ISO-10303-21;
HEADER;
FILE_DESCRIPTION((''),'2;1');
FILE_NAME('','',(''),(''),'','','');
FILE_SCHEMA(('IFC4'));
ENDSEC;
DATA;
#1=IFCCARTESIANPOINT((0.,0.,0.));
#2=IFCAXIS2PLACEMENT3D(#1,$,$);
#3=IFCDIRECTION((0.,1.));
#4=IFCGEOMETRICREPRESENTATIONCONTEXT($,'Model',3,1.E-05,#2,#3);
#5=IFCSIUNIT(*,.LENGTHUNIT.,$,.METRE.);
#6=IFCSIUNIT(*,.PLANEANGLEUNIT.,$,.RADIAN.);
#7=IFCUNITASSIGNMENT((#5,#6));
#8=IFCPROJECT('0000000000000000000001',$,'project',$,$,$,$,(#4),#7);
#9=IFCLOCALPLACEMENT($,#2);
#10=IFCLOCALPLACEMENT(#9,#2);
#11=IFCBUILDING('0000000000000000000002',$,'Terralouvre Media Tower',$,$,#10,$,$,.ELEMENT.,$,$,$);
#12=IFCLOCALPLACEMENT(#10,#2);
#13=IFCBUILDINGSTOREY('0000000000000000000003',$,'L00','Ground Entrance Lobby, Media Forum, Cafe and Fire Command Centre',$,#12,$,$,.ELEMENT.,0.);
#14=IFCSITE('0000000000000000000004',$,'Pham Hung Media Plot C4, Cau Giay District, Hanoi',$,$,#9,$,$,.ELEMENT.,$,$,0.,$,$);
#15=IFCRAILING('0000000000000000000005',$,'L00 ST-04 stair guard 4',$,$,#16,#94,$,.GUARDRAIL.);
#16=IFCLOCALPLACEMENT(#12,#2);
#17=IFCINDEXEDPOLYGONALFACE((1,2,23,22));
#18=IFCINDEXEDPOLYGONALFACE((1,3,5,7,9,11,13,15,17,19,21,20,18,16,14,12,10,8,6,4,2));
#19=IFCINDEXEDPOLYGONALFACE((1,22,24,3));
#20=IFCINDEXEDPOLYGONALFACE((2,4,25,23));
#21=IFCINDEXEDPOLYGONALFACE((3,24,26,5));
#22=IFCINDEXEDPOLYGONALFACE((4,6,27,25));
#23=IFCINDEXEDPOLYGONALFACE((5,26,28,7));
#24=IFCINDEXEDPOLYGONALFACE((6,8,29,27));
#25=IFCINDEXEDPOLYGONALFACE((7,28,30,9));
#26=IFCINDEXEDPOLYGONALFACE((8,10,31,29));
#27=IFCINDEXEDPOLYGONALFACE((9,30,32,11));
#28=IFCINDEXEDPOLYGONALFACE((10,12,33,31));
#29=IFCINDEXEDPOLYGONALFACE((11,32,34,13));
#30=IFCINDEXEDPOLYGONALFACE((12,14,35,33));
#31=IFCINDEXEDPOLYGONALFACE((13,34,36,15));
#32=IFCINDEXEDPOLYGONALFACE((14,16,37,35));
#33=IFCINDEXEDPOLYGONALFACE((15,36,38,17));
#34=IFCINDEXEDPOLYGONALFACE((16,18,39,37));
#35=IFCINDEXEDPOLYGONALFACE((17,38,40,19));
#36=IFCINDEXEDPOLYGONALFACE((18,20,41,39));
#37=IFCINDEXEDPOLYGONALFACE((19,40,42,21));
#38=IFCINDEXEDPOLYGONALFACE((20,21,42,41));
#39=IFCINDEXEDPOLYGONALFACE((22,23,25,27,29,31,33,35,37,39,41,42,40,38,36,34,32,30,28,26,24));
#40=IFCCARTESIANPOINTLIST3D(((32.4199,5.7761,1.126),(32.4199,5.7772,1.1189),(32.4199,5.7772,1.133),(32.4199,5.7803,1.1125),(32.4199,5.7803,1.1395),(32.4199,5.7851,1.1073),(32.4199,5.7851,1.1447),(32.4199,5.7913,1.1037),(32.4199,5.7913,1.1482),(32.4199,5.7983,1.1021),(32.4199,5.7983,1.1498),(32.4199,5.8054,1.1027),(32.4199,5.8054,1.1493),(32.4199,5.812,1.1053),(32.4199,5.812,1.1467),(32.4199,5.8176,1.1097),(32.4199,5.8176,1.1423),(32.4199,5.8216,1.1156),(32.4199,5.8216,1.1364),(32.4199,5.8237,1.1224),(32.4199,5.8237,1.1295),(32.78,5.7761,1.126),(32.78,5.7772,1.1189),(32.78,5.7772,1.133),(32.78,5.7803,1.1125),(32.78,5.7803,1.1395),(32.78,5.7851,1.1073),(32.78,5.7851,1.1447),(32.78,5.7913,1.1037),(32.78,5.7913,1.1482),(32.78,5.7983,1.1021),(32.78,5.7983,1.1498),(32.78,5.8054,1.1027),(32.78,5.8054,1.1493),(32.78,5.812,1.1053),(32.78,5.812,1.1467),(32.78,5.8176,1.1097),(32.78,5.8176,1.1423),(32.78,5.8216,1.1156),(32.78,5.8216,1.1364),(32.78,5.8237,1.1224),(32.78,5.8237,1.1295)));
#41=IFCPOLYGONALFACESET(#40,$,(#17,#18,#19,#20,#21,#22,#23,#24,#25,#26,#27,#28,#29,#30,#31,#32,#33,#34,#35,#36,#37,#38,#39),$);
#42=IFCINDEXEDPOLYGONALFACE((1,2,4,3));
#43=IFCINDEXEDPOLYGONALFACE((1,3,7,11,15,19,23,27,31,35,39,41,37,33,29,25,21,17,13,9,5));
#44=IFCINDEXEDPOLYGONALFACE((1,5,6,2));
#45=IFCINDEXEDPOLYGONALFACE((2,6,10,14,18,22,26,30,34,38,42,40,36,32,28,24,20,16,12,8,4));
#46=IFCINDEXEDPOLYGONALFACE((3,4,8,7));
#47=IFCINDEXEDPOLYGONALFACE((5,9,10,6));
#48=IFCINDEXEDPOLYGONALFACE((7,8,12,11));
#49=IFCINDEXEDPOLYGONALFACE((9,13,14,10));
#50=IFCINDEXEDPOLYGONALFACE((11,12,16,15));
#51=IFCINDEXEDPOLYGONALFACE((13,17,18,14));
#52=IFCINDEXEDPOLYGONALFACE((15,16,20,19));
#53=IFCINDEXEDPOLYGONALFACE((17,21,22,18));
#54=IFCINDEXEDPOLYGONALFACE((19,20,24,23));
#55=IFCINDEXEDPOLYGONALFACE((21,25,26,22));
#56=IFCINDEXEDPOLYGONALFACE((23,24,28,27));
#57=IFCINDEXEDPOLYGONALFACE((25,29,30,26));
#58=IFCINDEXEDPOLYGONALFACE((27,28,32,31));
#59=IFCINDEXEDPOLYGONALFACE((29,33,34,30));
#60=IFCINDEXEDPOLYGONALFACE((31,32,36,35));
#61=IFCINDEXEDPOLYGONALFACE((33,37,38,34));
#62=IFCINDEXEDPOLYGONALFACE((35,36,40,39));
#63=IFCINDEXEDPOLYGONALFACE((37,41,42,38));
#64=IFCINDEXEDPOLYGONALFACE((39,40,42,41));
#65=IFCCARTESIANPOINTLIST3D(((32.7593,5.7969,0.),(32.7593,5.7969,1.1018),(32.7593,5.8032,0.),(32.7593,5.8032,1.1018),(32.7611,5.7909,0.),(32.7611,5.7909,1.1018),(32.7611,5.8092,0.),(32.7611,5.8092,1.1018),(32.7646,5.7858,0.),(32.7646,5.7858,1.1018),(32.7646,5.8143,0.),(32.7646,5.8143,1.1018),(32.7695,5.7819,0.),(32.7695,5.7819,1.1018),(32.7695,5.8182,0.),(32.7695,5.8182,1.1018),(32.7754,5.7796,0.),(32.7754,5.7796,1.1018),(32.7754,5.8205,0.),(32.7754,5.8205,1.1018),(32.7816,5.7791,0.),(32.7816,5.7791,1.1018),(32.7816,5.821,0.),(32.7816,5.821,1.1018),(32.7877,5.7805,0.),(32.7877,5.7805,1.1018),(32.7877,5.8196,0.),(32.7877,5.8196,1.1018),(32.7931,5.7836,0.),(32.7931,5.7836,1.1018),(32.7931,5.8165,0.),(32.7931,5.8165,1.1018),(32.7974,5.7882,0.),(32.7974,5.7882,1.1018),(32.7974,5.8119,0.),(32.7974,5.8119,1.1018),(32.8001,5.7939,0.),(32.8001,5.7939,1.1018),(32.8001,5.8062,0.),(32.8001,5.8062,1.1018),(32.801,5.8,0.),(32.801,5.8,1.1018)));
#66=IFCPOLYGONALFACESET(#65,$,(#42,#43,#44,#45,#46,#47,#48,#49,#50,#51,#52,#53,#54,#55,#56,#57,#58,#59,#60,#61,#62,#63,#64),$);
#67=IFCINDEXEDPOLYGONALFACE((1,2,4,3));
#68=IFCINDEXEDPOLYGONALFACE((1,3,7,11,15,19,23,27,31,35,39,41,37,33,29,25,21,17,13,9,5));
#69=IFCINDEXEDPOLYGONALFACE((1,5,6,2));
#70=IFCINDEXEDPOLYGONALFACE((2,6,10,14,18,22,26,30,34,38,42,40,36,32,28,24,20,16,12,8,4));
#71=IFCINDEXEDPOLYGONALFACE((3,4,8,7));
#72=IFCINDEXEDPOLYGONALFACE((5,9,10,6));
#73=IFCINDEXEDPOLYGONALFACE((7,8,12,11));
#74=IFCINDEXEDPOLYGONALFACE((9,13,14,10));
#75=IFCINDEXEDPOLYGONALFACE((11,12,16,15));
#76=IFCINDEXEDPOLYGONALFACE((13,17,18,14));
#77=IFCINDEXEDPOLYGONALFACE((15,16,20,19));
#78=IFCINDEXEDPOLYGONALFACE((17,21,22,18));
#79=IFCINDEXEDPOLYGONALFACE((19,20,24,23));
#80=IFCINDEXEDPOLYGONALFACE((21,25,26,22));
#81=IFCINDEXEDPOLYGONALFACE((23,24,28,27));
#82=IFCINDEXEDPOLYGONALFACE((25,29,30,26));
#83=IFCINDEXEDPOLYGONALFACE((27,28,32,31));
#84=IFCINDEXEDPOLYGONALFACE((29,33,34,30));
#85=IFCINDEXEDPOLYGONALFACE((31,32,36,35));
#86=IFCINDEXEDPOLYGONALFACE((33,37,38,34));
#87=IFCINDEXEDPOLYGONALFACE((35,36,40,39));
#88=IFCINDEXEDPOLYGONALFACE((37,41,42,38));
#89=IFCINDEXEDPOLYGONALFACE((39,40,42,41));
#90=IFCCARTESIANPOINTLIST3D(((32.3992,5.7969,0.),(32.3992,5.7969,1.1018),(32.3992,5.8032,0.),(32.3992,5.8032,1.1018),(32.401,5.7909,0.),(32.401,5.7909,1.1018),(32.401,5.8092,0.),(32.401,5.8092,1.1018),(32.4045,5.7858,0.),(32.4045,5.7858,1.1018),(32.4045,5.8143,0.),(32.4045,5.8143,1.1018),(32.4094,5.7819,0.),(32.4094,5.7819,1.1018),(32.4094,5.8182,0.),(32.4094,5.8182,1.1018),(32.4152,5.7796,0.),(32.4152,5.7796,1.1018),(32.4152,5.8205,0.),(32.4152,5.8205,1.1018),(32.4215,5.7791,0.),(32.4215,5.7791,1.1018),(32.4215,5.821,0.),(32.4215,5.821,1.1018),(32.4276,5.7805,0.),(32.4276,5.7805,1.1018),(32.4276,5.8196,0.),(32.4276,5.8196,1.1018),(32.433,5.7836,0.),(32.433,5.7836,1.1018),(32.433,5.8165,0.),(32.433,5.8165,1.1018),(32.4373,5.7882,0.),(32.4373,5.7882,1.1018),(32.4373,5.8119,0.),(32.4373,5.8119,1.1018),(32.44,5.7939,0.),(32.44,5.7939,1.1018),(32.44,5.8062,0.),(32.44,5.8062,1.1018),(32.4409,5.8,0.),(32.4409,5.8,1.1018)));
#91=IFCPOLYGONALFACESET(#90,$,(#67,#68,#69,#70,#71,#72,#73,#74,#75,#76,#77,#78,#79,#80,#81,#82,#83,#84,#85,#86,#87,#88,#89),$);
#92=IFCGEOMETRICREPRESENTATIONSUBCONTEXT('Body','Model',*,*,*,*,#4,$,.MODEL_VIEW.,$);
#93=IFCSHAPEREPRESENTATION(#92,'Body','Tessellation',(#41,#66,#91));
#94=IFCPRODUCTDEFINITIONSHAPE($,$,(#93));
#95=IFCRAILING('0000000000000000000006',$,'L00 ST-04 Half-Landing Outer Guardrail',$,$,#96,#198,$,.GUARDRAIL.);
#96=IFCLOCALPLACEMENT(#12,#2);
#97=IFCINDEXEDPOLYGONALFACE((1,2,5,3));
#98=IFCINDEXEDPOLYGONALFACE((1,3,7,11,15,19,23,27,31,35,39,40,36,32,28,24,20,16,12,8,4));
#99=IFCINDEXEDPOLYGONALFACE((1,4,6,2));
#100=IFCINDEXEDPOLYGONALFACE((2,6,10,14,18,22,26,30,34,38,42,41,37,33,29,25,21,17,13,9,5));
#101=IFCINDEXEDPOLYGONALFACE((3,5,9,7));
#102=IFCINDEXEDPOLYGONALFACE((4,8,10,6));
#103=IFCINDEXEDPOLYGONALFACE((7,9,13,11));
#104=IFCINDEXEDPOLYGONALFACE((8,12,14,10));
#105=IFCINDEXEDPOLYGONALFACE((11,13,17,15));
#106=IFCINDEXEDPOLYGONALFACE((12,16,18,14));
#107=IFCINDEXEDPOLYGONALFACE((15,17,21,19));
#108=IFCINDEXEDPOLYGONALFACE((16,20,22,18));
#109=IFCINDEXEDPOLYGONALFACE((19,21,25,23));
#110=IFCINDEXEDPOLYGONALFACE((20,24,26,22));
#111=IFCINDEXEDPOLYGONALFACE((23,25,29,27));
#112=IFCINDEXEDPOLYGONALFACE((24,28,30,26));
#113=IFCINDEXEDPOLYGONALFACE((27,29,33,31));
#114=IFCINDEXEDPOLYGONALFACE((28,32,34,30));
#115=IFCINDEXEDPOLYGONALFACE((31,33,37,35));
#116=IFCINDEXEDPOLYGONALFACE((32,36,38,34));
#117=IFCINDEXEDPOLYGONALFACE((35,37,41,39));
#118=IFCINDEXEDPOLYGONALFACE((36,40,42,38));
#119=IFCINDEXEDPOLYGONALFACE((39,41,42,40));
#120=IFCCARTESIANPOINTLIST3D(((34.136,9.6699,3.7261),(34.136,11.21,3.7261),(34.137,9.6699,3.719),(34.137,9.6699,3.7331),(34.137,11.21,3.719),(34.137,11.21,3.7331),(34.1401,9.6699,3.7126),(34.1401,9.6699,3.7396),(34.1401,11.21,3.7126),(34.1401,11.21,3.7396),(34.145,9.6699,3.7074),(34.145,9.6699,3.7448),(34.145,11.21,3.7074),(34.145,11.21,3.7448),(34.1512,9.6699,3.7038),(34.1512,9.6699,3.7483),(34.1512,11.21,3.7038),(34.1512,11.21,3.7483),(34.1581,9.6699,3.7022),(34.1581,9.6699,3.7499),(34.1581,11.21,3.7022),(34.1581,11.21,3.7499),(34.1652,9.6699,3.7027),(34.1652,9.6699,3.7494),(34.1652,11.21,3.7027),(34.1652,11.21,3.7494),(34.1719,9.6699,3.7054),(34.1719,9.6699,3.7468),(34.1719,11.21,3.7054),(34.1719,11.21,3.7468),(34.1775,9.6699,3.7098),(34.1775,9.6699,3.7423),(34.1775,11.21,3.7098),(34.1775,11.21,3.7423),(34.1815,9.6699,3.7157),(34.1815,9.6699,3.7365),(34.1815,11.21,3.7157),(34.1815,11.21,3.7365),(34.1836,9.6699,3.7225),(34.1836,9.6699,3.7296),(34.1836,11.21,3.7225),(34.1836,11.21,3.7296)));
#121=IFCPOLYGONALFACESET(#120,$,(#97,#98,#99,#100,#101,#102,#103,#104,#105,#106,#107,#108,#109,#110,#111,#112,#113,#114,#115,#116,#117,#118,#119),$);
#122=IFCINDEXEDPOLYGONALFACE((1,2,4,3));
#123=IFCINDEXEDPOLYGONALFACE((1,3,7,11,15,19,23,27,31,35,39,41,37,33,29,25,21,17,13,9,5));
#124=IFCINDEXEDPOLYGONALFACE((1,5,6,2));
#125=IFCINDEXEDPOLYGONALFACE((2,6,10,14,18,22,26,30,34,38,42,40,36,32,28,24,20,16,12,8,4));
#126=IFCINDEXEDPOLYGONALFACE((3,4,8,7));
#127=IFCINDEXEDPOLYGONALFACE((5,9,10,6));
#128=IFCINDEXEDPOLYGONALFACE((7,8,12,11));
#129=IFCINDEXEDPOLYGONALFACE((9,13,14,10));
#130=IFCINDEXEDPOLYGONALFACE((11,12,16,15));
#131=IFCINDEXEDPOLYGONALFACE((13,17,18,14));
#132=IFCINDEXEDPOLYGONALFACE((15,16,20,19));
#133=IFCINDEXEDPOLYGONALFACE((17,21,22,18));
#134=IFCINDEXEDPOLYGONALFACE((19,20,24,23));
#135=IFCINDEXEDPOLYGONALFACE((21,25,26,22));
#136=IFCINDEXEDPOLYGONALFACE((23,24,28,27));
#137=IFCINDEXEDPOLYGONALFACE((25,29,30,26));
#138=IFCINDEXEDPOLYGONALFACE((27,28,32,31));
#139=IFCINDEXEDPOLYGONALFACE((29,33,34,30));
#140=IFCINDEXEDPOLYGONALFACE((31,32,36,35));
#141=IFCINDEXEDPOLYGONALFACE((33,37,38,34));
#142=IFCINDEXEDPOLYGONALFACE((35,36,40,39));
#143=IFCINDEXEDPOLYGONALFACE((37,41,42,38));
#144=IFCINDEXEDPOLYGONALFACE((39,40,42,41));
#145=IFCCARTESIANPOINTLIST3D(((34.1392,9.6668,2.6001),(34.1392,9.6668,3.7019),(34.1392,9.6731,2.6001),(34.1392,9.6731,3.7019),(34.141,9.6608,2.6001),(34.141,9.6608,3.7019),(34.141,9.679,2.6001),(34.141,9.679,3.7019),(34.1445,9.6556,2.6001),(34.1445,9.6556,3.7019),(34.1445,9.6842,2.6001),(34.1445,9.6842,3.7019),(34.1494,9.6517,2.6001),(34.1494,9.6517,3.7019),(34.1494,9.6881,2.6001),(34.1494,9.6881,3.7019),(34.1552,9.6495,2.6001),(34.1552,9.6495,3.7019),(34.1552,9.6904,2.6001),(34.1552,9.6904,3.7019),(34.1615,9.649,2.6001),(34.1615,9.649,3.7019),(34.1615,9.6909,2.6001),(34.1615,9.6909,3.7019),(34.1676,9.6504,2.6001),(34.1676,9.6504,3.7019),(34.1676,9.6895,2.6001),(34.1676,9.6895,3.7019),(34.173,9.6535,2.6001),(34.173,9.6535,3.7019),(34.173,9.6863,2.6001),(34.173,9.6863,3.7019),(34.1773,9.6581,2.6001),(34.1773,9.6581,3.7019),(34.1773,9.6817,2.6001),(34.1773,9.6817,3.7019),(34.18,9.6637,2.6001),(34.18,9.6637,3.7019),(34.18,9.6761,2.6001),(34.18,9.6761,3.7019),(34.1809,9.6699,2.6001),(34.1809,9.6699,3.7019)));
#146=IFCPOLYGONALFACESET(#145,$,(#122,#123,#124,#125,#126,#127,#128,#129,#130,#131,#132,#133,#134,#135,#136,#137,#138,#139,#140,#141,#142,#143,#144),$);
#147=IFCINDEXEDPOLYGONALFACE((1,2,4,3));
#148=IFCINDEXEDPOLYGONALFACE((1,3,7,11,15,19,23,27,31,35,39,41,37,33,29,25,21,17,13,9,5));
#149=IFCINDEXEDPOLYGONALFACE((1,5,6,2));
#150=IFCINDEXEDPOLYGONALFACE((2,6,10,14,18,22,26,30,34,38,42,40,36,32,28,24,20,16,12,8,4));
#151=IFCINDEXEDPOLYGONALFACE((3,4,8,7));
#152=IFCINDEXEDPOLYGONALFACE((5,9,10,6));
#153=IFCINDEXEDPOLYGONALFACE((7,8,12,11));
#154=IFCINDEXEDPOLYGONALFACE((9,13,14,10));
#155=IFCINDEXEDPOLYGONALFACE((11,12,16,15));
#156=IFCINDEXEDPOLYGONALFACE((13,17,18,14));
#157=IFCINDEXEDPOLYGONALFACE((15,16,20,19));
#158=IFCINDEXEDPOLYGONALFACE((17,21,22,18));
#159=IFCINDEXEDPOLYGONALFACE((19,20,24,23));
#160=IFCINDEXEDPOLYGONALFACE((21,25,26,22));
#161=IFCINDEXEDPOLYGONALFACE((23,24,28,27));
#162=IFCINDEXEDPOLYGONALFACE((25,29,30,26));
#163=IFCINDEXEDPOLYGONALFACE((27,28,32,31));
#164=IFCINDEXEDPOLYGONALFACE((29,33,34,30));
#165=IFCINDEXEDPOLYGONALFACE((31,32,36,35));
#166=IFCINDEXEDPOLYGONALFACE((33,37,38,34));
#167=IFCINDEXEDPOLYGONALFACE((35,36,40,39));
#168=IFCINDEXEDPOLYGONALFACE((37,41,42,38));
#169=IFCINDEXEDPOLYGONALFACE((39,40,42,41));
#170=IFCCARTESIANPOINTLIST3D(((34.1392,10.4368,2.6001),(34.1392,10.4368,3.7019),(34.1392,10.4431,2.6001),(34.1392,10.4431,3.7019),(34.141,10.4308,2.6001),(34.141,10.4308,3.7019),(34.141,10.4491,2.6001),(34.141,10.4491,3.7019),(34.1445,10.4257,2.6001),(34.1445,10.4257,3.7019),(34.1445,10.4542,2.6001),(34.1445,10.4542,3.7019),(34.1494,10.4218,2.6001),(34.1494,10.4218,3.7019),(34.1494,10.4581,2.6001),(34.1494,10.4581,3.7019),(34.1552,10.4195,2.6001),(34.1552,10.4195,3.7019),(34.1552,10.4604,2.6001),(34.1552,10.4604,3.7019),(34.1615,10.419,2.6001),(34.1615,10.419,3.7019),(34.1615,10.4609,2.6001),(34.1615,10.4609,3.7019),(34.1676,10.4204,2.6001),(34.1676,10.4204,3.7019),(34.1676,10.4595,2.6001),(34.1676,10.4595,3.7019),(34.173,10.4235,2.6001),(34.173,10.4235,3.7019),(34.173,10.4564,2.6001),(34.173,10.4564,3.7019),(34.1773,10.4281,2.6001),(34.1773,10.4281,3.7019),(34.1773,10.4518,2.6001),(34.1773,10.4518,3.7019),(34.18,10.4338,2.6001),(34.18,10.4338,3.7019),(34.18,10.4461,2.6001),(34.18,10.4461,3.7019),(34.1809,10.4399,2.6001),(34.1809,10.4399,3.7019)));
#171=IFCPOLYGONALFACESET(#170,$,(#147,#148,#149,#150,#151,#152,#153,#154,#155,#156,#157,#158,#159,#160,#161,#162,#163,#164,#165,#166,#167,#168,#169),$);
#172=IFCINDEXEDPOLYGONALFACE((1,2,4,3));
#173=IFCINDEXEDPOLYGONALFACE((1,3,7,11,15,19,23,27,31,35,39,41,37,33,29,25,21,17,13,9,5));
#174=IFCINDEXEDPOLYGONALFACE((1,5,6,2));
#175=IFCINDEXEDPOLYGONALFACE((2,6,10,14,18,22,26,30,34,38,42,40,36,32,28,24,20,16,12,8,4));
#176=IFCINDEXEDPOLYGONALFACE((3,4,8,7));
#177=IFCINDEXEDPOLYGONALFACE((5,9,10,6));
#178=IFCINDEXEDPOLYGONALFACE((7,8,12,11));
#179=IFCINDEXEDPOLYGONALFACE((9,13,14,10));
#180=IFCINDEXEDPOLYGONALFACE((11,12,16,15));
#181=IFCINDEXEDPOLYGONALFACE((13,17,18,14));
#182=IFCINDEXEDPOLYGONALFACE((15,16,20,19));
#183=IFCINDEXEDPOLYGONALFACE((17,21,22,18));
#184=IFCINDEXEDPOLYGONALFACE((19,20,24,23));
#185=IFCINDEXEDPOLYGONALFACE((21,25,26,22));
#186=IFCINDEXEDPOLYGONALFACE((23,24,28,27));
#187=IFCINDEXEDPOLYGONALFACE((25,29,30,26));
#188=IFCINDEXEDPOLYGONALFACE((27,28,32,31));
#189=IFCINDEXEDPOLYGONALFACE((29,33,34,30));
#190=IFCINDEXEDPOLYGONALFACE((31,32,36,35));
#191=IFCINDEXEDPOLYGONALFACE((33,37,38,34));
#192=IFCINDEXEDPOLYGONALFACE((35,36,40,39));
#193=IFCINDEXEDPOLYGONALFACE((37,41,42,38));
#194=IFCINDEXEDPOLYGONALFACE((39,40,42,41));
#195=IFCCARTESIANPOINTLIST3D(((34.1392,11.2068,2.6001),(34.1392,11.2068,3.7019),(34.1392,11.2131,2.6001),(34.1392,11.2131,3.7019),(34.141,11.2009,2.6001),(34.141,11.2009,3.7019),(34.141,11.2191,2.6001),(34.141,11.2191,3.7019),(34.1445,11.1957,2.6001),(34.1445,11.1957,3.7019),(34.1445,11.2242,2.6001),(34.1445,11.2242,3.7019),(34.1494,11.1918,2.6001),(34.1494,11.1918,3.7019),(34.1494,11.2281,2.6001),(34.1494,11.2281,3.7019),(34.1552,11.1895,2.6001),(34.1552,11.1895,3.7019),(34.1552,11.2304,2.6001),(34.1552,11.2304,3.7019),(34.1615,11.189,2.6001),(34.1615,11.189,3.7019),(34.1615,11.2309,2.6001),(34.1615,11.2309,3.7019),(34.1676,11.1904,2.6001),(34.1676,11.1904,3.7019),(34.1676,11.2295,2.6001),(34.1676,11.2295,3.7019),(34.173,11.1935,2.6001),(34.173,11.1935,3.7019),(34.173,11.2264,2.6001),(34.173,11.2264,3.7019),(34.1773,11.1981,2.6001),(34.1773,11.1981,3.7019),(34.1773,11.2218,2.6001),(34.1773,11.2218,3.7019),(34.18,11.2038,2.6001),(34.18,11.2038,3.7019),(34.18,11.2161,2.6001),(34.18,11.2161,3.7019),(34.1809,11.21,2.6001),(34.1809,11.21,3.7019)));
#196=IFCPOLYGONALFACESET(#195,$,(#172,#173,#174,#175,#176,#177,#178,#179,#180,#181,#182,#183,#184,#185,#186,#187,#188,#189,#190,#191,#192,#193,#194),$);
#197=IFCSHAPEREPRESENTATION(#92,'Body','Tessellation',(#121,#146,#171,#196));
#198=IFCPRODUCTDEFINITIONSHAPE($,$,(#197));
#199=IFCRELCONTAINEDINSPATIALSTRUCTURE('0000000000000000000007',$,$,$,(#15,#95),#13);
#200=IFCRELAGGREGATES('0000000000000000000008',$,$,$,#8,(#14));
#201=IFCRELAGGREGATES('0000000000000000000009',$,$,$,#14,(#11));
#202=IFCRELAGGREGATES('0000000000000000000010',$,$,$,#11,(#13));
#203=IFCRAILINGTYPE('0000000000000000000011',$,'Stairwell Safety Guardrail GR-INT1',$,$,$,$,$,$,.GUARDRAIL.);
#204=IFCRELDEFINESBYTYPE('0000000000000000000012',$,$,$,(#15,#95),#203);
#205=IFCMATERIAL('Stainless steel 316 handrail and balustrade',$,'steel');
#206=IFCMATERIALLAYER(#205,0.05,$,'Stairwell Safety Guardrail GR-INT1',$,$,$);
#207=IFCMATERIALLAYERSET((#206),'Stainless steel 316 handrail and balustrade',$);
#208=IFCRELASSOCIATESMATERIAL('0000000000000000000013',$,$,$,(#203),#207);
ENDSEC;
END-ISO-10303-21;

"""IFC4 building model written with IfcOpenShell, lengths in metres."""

from ifc_helpers import new_model, si_unit, direction, frame, origin, origin_2d, place, context, subcontext, project, spatial, circle, extrude, material, layer, layer_set, type_object, element, save


model = new_model("IFC4")

# Units and contexts
model_context = context("Model", 3, precision=1e-05, world=origin(), true_north=direction((0.0, 1.0)))
body_context = subcontext(model_context, "Body", "Model", "MODEL_VIEW")
ifc_project = project(units=[si_unit("LENGTHUNIT", "METRE"), si_unit("PLANEANGLEUNIT", "RADIAN")], contexts=[model_context])

# Site, building, storey
site_placement = place(None, origin())
site = spatial("IfcSite", under=ifc_project, at=site_placement, Name="Pham Hung Media Plot C4, Cau Giay District, Hanoi", CompositionType="ELEMENT", RefElevation=0.0)
building_placement = place(site_placement, origin())
building = spatial("IfcBuilding", under=site, at=building_placement, Name="Terralouvre Media Tower", CompositionType="ELEMENT")
storey_placement = place(building_placement, origin())
storey = spatial("IfcBuildingStorey", under=building, at=storey_placement, Name="L00", Description="Ground Entrance Lobby, Media Forum, Cafe and Fire Command Centre", CompositionType="ELEMENT", Elevation=0.0)

# Railings
ifc_material_1 = material(Name="Stainless steel 316 handrail and balustrade", Category="steel")
ifc_layer_1 = layer(ifc_material_1, 0.05, Name="Stairwell Safety Guardrail GR-INT1")
ifc_layer_set_1 = layer_set([ifc_layer_1], Name="Stainless steel 316 handrail and balustrade")
railing_type_1 = type_object("IfcRailingType", Name="Stairwell Safety Guardrail GR-INT1", PredefinedType="GUARDRAIL", material=ifc_layer_set_1)
railing_1_placement = place(storey_placement, frame((32.78, 5.8, 0.0)))
element("IfcRailing", 1, at=railing_1_placement, inside=storey, type_object=railing_type_1, Name="L00 ST-04 stair guard 4", PredefinedType="GUARDRAIL", context=body_context, shape_type="SweptSolid", body=[
    extrude(circle(Radius=0.0239, at=origin_2d()), frame((0.0, 0.0, 1.126), z_axis=(-1.0, 0.0, 0.0), x_axis=(0.0, -1.0, 0.0)), (0.0, 0.0, 1.0), 0.3601),
    extrude(circle(Radius=0.021, at=origin_2d()), origin(), (0.0, 0.0, 1.0), 1.1018),
    extrude(circle(Radius=0.021, at=origin_2d()), frame((-0.3601, 0.0, 0.0)), (0.0, 0.0, 1.0), 1.1018),
])
railing_2_placement = place(storey_placement, frame((34.1599, 9.6699, 2.6001)))
element("IfcRailing", 2, at=railing_2_placement, inside=storey, type_object=railing_type_1, Name="L00 ST-04 Half-Landing Outer Guardrail", PredefinedType="GUARDRAIL", context=body_context, shape_type="SweptSolid", body=[
    extrude(circle(Radius=0.0239, at=origin_2d()), frame((0.0, 0.0, 1.126), z_axis=(0.0, 1.0, 0.0), x_axis=(-1.0, 0.0, 0.0)), (0.0, 0.0, 1.0), 1.54),
    extrude(circle(Radius=0.021, at=origin_2d()), origin(), (0.0, 0.0, 1.0), 1.1018),
    extrude(circle(Radius=0.021, at=origin_2d()), frame((0.0, 0.77, 0.0)), (0.0, 0.0, 1.0), 1.1018),
    extrude(circle(Radius=0.021, at=origin_2d()), frame((0.0, 1.54, 0.0)), (0.0, 0.0, 1.0), 1.1018),
])

save(model, "model.ifc")
